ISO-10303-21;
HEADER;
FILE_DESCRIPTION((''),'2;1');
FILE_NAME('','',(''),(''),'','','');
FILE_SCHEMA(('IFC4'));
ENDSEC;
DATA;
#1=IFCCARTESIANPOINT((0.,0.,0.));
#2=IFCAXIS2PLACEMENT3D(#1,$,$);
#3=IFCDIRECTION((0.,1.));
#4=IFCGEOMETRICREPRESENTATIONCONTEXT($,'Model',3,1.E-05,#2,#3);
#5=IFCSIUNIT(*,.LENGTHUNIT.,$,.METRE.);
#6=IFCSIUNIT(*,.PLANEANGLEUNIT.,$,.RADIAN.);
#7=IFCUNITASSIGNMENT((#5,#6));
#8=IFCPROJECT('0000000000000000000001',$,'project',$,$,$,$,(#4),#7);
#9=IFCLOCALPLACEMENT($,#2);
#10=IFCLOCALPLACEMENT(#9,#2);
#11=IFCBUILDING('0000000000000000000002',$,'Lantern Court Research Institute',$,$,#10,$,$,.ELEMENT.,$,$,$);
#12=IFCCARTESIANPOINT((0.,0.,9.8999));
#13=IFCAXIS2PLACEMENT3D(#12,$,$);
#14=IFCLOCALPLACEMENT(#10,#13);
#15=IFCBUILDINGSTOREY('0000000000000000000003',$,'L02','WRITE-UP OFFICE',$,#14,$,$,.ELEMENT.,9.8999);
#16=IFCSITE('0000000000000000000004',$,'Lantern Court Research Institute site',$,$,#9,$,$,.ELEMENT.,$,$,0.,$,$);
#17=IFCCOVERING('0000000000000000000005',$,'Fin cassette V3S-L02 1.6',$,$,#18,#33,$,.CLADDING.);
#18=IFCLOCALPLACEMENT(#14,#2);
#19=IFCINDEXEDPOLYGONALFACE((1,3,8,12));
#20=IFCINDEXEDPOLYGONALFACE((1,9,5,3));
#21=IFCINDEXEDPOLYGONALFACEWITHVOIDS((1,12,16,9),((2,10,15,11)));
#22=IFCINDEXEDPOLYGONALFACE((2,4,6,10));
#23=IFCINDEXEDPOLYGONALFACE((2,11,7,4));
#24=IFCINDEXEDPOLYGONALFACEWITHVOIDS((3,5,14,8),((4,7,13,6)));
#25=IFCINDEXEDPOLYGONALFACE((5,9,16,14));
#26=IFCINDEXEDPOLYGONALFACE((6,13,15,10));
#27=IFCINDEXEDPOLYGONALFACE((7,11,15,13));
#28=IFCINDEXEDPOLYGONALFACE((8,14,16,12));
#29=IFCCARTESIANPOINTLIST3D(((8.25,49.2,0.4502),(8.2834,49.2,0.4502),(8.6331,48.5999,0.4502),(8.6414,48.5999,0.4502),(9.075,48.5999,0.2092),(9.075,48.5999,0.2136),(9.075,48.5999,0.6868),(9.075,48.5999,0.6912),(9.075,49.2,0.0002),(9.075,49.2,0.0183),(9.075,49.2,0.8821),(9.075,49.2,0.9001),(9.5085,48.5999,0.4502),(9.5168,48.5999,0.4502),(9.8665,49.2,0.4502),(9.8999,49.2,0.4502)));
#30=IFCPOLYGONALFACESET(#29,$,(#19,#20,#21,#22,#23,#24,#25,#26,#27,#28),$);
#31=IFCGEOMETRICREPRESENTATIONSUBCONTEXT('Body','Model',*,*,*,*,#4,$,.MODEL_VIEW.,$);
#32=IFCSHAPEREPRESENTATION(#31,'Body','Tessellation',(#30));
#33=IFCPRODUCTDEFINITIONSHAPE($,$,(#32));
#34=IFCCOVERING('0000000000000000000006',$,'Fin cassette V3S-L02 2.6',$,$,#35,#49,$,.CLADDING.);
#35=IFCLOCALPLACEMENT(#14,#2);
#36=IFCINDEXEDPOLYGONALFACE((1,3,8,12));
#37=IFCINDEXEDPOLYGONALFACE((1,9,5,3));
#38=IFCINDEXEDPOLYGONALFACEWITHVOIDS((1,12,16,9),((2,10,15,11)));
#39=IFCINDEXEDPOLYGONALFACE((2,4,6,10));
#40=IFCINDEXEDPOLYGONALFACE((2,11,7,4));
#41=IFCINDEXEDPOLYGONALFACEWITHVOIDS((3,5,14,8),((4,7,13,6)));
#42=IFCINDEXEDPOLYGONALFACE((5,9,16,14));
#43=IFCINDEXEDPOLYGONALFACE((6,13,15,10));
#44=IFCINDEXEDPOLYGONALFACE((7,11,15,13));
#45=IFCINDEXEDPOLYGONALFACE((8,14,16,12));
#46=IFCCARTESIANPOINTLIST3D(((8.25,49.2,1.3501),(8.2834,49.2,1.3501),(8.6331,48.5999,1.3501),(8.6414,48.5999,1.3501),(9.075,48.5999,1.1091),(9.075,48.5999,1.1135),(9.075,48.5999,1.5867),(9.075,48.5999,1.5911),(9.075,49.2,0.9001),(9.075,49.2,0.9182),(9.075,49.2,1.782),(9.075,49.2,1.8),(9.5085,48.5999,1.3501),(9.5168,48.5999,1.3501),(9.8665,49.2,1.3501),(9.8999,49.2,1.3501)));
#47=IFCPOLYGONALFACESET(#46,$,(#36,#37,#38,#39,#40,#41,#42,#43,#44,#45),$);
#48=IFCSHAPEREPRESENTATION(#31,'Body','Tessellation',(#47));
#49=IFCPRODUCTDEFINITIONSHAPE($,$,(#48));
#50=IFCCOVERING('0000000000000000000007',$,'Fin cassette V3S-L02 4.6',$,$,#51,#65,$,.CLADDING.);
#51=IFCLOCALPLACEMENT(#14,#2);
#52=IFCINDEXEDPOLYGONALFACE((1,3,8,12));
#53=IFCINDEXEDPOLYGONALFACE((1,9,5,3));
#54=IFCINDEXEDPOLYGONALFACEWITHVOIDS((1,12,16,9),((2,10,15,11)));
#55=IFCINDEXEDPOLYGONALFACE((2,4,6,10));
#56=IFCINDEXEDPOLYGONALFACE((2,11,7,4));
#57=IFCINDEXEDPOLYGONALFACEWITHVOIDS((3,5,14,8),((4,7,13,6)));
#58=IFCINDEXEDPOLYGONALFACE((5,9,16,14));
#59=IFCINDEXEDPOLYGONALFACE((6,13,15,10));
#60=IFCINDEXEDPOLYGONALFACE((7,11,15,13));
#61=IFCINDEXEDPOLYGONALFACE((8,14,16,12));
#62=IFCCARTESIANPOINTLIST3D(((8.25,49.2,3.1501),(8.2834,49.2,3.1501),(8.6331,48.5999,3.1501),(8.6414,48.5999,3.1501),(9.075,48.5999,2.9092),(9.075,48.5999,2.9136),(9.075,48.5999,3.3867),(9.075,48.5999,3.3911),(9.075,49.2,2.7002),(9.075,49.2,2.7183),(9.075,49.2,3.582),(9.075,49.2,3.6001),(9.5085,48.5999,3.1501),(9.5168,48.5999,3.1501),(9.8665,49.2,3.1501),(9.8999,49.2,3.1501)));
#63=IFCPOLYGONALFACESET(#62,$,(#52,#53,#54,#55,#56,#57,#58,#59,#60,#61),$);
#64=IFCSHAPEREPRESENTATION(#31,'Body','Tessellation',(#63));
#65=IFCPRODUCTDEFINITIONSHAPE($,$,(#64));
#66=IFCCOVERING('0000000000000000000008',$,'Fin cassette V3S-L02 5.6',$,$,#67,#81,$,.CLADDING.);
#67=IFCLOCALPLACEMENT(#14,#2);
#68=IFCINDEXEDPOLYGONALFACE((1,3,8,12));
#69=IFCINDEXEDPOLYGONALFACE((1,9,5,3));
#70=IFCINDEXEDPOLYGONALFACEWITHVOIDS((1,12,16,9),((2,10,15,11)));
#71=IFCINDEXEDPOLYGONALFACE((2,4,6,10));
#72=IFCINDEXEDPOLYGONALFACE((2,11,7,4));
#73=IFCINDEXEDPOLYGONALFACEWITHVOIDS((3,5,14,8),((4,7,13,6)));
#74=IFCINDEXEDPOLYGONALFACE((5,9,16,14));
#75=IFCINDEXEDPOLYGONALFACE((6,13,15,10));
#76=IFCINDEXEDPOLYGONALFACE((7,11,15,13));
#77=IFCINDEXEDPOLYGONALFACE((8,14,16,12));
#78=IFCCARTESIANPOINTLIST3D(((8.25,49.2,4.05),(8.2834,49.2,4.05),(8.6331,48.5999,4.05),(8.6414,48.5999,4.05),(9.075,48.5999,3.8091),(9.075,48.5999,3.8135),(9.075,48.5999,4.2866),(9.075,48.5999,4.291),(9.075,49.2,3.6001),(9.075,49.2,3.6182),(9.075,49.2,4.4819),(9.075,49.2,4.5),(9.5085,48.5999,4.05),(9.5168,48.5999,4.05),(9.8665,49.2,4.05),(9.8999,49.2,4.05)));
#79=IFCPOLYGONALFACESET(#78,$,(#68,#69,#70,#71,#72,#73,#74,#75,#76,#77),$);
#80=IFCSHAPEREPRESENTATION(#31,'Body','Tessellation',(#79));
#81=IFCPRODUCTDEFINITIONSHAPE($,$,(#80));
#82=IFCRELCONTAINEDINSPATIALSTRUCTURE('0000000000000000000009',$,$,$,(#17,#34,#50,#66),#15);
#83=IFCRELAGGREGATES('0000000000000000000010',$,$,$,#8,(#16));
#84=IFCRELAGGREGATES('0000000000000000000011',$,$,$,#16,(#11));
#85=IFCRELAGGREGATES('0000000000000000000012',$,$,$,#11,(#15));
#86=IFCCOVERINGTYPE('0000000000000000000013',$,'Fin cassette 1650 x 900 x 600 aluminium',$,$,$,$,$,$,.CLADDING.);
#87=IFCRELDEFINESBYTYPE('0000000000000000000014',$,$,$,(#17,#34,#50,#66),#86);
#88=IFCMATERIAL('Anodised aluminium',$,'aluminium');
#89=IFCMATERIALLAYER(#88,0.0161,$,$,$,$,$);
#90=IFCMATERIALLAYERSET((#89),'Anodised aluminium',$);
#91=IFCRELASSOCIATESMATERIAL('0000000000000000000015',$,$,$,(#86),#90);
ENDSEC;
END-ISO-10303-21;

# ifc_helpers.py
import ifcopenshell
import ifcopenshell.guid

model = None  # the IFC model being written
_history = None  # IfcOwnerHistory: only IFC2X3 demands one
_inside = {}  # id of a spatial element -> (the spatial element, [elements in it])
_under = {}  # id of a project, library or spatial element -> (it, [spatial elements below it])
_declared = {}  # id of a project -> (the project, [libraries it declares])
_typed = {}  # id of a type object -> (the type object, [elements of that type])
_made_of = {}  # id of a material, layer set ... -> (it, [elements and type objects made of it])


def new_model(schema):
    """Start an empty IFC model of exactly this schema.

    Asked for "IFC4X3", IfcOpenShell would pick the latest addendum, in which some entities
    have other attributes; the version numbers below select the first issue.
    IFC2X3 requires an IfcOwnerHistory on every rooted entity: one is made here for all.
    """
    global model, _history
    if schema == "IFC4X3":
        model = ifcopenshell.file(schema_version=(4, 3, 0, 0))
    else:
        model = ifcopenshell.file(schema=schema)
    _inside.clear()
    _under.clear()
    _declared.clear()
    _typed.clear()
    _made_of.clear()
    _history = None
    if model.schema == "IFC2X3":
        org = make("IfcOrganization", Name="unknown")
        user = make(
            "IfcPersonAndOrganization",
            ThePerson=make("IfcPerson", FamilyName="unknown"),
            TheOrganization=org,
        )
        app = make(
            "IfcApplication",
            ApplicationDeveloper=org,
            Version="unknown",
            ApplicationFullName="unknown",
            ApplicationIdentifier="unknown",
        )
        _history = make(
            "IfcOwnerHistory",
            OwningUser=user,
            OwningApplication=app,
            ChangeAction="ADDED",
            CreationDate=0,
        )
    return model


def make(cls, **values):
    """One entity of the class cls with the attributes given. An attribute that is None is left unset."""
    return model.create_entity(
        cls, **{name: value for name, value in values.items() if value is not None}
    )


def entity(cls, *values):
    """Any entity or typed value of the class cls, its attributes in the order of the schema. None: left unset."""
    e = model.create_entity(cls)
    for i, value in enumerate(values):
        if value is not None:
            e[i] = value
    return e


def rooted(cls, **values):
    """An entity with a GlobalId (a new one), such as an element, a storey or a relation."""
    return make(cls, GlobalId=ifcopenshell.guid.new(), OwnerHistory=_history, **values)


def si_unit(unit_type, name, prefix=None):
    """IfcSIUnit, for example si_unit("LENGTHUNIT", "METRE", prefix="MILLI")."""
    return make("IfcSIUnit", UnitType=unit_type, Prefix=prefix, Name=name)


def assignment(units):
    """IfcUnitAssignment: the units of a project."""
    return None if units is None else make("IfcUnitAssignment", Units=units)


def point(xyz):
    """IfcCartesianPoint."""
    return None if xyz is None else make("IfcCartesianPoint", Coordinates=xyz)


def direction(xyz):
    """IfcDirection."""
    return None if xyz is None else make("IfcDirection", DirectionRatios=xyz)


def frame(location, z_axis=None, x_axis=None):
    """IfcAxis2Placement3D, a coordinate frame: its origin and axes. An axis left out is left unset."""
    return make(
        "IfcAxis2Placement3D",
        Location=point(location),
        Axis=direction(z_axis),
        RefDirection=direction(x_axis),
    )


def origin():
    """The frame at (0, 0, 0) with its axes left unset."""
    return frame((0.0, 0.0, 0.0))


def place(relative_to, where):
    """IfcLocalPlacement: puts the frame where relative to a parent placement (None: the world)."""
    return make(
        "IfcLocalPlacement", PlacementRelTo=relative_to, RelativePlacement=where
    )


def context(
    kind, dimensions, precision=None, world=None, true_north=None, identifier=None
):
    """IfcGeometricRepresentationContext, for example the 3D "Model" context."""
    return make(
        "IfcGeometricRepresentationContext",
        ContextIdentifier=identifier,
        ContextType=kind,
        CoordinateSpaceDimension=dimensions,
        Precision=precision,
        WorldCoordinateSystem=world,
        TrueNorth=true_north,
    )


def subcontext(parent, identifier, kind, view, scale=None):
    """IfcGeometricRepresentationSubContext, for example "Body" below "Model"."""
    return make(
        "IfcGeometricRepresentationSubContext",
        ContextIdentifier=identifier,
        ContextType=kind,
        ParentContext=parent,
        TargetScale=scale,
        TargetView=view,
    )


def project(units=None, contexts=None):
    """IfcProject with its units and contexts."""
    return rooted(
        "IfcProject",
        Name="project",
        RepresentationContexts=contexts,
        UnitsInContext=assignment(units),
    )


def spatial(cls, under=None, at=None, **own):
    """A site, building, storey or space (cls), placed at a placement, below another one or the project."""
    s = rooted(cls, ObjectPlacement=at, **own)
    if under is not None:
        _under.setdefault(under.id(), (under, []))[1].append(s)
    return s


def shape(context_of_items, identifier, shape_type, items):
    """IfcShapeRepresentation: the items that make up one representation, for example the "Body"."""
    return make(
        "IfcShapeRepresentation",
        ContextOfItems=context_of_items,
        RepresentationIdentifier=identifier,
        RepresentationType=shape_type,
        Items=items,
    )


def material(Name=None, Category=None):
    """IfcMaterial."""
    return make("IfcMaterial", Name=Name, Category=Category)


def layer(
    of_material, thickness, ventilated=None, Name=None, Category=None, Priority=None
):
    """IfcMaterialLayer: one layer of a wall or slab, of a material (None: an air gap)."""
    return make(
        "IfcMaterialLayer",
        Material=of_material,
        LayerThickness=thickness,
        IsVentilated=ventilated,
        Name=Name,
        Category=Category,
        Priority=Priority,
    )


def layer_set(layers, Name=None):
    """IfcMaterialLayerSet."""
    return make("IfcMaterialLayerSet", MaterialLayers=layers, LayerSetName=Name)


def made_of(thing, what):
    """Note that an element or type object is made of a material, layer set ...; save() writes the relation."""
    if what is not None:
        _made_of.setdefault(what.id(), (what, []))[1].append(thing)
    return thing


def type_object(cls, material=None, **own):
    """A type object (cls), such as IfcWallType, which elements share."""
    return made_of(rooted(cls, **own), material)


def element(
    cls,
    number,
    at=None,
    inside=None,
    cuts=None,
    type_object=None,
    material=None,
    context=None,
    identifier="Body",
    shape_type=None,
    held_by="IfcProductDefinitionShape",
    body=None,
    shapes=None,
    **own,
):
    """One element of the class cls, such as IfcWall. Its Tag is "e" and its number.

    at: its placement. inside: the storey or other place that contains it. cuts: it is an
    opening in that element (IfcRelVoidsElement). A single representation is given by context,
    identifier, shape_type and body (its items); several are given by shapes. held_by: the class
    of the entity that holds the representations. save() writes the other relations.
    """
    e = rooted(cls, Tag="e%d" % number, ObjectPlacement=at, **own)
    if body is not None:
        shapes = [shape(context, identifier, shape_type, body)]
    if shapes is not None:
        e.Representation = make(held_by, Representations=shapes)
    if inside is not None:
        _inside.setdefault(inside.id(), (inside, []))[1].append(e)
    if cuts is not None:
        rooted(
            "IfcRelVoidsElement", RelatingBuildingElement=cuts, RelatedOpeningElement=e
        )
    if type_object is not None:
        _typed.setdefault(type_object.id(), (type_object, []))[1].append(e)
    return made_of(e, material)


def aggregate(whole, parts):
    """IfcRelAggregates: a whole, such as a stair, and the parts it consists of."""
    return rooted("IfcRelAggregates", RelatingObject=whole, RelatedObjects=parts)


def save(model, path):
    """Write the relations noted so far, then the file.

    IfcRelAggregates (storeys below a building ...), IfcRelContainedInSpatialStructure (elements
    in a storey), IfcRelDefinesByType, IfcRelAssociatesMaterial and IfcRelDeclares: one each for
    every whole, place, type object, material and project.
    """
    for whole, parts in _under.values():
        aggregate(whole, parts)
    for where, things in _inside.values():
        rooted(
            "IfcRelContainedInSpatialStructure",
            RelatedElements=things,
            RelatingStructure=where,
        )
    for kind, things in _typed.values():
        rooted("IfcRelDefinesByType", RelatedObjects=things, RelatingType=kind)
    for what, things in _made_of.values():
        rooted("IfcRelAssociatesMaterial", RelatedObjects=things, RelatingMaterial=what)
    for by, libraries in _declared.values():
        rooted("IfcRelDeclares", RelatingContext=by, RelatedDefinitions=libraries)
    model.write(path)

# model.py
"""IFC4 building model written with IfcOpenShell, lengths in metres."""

from ifc_helpers import new_model, entity, si_unit, direction, frame, origin, place, context, subcontext, project, spatial, material, layer, layer_set, type_object, element, save


model = new_model("IFC4")

# Units and contexts
model_context = context("Model", 3, precision=1e-05, world=origin(), true_north=direction((0.0, 1.0)))
body_context = subcontext(model_context, "Body", "Model", "MODEL_VIEW")
ifc_project = project(units=[si_unit("LENGTHUNIT", "METRE"), si_unit("PLANEANGLEUNIT", "RADIAN")], contexts=[model_context])

# Site, building, storey
site_placement = place(None, origin())
site = spatial("IfcSite", under=ifc_project, at=site_placement, Name="Lantern Court Research Institute site", CompositionType="ELEMENT", RefElevation=0.0)
building_placement = place(site_placement, origin())
building = spatial("IfcBuilding", under=site, at=building_placement, Name="Lantern Court Research Institute", CompositionType="ELEMENT")
storey_placement = place(building_placement, frame((0.0, 0.0, 9.8999)))
storey = spatial("IfcBuildingStorey", under=building, at=storey_placement, Name="L02", Description="WRITE-UP OFFICE", CompositionType="ELEMENT", Elevation=9.8999)

# Coverings
ifc_material_1 = material(Name="Anodised aluminium", Category="aluminium")
ifc_layer_1 = layer(ifc_material_1, 0.0161)
ifc_layer_set_1 = layer_set([ifc_layer_1], Name="Anodised aluminium")
covering_type = type_object("IfcCoveringType", Name="Fin cassette 1650 x 900 x 600 aluminium", PredefinedType="CLADDING", material=ifc_layer_set_1)
covering_1_placement = place(storey_placement, frame((9.075, 49.2, 0.4502), z_axis=(0.0, -1.0, 0.0), x_axis=(1.0, 0.0, 0.0)))
cartesian_point_1 = entity("IfcCartesianPoint", [0.825, 0.0])
cartesian_point_2 = entity("IfcCartesianPoint", [0.7915, 0.0])
cartesian_point_3 = entity("IfcCartesianPoint", [0.4419, 0.0])
cartesian_point_4 = entity("IfcCartesianPoint", [0.4336, 0.0])
element("IfcCovering", 1, at=covering_1_placement, inside=storey, type_object=covering_type, Name="Fin cassette V3S-L02 1.6", PredefinedType="CLADDING", context=body_context, shape_type="SweptSolid", body=[
    entity("IfcExtrudedAreaSolidTapered", entity("IfcArbitraryProfileDefWithVoids", "AREA", None, entity("IfcPolyline", [cartesian_point_1, entity("IfcCartesianPoint", [0.0, 0.45]), entity("IfcCartesianPoint", [-0.825, 0.0]), entity("IfcCartesianPoint", [0.0, -0.45]), cartesian_point_1]), [entity("IfcPolyline", [cartesian_point_2, entity("IfcCartesianPoint", [0.0, 0.4319]), entity("IfcCartesianPoint", [-0.7915, 0.0]), entity("IfcCartesianPoint", [0.0, -0.4319]), cartesian_point_2])]), entity("IfcAxis2Placement3D", entity("IfcCartesianPoint", [0.0, 0.0, 0.0])), entity("IfcDirection", [0.0, 0.0, 1.0]), 0.6001, entity("IfcArbitraryProfileDefWithVoids", "AREA", None, entity("IfcPolyline", [cartesian_point_3, entity("IfcCartesianPoint", [0.0, 0.241]), entity("IfcCartesianPoint", [-0.4419, 0.0]), entity("IfcCartesianPoint", [0.0, -0.241]), cartesian_point_3]), [entity("IfcPolyline", [cartesian_point_4, entity("IfcCartesianPoint", [0.0, 0.2366]), entity("IfcCartesianPoint", [-0.4336, 0.0]), entity("IfcCartesianPoint", [0.0, -0.2366]), cartesian_point_4])])),
])
covering_2_placement = place(storey_placement, frame((9.075, 49.2, 1.3501), z_axis=(0.0, -1.0, 0.0), x_axis=(1.0, 0.0, 0.0)))
cartesian_point_5 = entity("IfcCartesianPoint", [0.825, 0.0])
cartesian_point_6 = entity("IfcCartesianPoint", [0.7915, 0.0])
cartesian_point_7 = entity("IfcCartesianPoint", [0.4419, 0.0])
cartesian_point_8 = entity("IfcCartesianPoint", [0.4336, 0.0])
element("IfcCovering", 2, at=covering_2_placement, inside=storey, type_object=covering_type, Name="Fin cassette V3S-L02 2.6", PredefinedType="CLADDING", context=body_context, shape_type="SweptSolid", body=[
    entity("IfcExtrudedAreaSolidTapered", entity("IfcArbitraryProfileDefWithVoids", "AREA", None, entity("IfcPolyline", [cartesian_point_5, entity("IfcCartesianPoint", [0.0, 0.45]), entity("IfcCartesianPoint", [-0.825, 0.0]), entity("IfcCartesianPoint", [0.0, -0.45]), cartesian_point_5]), [entity("IfcPolyline", [cartesian_point_6, entity("IfcCartesianPoint", [0.0, 0.4319]), entity("IfcCartesianPoint", [-0.7915, 0.0]), entity("IfcCartesianPoint", [0.0, -0.4319]), cartesian_point_6])]), entity("IfcAxis2Placement3D", entity("IfcCartesianPoint", [0.0, 0.0, 0.0])), entity("IfcDirection", [0.0, 0.0, 1.0]), 0.6001, entity("IfcArbitraryProfileDefWithVoids", "AREA", None, entity("IfcPolyline", [cartesian_point_7, entity("IfcCartesianPoint", [0.0, 0.241]), entity("IfcCartesianPoint", [-0.4419, 0.0]), entity("IfcCartesianPoint", [0.0, -0.241]), cartesian_point_7]), [entity("IfcPolyline", [cartesian_point_8, entity("IfcCartesianPoint", [0.0, 0.2366]), entity("IfcCartesianPoint", [-0.4336, 0.0]), entity("IfcCartesianPoint", [0.0, -0.2366]), cartesian_point_8])])),
])
covering_3_placement = place(storey_placement, frame((9.075, 49.2, 3.1501), z_axis=(0.0, -1.0, 0.0), x_axis=(1.0, 0.0, 0.0)))
cartesian_point_9 = entity("IfcCartesianPoint", [0.825, 0.0])
cartesian_point_10 = entity("IfcCartesianPoint", [0.7915, 0.0])
cartesian_point_11 = entity("IfcCartesianPoint", [0.4419, 0.0])
cartesian_point_12 = entity("IfcCartesianPoint", [0.4336, 0.0])
element("IfcCovering", 3, at=covering_3_placement, inside=storey, type_object=covering_type, Name="Fin cassette V3S-L02 4.6", PredefinedType="CLADDING", context=body_context, shape_type="SweptSolid", body=[
    entity("IfcExtrudedAreaSolidTapered", entity("IfcArbitraryProfileDefWithVoids", "AREA", None, entity("IfcPolyline", [cartesian_point_9, entity("IfcCartesianPoint", [0.0, 0.45]), entity("IfcCartesianPoint", [-0.825, 0.0]), entity("IfcCartesianPoint", [0.0, -0.45]), cartesian_point_9]), [entity("IfcPolyline", [cartesian_point_10, entity("IfcCartesianPoint", [0.0, 0.4319]), entity("IfcCartesianPoint", [-0.7915, 0.0]), entity("IfcCartesianPoint", [0.0, -0.4319]), cartesian_point_10])]), entity("IfcAxis2Placement3D", entity("IfcCartesianPoint", [0.0, 0.0, 0.0])), entity("IfcDirection", [0.0, 0.0, 1.0]), 0.6001, entity("IfcArbitraryProfileDefWithVoids", "AREA", None, entity("IfcPolyline", [cartesian_point_11, entity("IfcCartesianPoint", [0.0, 0.241]), entity("IfcCartesianPoint", [-0.4419, 0.0]), entity("IfcCartesianPoint", [0.0, -0.241]), cartesian_point_11]), [entity("IfcPolyline", [cartesian_point_12, entity("IfcCartesianPoint", [0.0, 0.2366]), entity("IfcCartesianPoint", [-0.4336, 0.0]), entity("IfcCartesianPoint", [0.0, -0.2366]), cartesian_point_12])])),
])
covering_4_placement = place(storey_placement, frame((9.075, 49.2, 4.05), z_axis=(0.0, -1.0, 0.0), x_axis=(1.0, 0.0, 0.0)))
cartesian_point_13 = entity("IfcCartesianPoint", [0.825, 0.0])
cartesian_point_14 = entity("IfcCartesianPoint", [0.7915, 0.0])
cartesian_point_15 = entity("IfcCartesianPoint", [0.4419, 0.0])
cartesian_point_16 = entity("IfcCartesianPoint", [0.4336, 0.0])
element("IfcCovering", 4, at=covering_4_placement, inside=storey, type_object=covering_type, Name="Fin cassette V3S-L02 5.6", PredefinedType="CLADDING", context=body_context, shape_type="SweptSolid", body=[
    entity("IfcExtrudedAreaSolidTapered", entity("IfcArbitraryProfileDefWithVoids", "AREA", None, entity("IfcPolyline", [cartesian_point_13, entity("IfcCartesianPoint", [0.0, 0.45]), entity("IfcCartesianPoint", [-0.825, 0.0]), entity("IfcCartesianPoint", [0.0, -0.45]), cartesian_point_13]), [entity("IfcPolyline", [cartesian_point_14, entity("IfcCartesianPoint", [0.0, 0.4319]), entity("IfcCartesianPoint", [-0.7915, 0.0]), entity("IfcCartesianPoint", [0.0, -0.4319]), cartesian_point_14])]), entity("IfcAxis2Placement3D", entity("IfcCartesianPoint", [0.0, 0.0, 0.0])), entity("IfcDirection", [0.0, 0.0, 1.0]), 0.6001, entity("IfcArbitraryProfileDefWithVoids", "AREA", None, entity("IfcPolyline", [cartesian_point_15, entity("IfcCartesianPoint", [0.0, 0.241]), entity("IfcCartesianPoint", [-0.4419, 0.0]), entity("IfcCartesianPoint", [0.0, -0.241]), cartesian_point_15]), [entity("IfcPolyline", [cartesian_point_16, entity("IfcCartesianPoint", [0.0, 0.2366]), entity("IfcCartesianPoint", [-0.4336, 0.0]), entity("IfcCartesianPoint", [0.0, -0.2366]), cartesian_point_16])])),
])

save(model, "model.ifc")
